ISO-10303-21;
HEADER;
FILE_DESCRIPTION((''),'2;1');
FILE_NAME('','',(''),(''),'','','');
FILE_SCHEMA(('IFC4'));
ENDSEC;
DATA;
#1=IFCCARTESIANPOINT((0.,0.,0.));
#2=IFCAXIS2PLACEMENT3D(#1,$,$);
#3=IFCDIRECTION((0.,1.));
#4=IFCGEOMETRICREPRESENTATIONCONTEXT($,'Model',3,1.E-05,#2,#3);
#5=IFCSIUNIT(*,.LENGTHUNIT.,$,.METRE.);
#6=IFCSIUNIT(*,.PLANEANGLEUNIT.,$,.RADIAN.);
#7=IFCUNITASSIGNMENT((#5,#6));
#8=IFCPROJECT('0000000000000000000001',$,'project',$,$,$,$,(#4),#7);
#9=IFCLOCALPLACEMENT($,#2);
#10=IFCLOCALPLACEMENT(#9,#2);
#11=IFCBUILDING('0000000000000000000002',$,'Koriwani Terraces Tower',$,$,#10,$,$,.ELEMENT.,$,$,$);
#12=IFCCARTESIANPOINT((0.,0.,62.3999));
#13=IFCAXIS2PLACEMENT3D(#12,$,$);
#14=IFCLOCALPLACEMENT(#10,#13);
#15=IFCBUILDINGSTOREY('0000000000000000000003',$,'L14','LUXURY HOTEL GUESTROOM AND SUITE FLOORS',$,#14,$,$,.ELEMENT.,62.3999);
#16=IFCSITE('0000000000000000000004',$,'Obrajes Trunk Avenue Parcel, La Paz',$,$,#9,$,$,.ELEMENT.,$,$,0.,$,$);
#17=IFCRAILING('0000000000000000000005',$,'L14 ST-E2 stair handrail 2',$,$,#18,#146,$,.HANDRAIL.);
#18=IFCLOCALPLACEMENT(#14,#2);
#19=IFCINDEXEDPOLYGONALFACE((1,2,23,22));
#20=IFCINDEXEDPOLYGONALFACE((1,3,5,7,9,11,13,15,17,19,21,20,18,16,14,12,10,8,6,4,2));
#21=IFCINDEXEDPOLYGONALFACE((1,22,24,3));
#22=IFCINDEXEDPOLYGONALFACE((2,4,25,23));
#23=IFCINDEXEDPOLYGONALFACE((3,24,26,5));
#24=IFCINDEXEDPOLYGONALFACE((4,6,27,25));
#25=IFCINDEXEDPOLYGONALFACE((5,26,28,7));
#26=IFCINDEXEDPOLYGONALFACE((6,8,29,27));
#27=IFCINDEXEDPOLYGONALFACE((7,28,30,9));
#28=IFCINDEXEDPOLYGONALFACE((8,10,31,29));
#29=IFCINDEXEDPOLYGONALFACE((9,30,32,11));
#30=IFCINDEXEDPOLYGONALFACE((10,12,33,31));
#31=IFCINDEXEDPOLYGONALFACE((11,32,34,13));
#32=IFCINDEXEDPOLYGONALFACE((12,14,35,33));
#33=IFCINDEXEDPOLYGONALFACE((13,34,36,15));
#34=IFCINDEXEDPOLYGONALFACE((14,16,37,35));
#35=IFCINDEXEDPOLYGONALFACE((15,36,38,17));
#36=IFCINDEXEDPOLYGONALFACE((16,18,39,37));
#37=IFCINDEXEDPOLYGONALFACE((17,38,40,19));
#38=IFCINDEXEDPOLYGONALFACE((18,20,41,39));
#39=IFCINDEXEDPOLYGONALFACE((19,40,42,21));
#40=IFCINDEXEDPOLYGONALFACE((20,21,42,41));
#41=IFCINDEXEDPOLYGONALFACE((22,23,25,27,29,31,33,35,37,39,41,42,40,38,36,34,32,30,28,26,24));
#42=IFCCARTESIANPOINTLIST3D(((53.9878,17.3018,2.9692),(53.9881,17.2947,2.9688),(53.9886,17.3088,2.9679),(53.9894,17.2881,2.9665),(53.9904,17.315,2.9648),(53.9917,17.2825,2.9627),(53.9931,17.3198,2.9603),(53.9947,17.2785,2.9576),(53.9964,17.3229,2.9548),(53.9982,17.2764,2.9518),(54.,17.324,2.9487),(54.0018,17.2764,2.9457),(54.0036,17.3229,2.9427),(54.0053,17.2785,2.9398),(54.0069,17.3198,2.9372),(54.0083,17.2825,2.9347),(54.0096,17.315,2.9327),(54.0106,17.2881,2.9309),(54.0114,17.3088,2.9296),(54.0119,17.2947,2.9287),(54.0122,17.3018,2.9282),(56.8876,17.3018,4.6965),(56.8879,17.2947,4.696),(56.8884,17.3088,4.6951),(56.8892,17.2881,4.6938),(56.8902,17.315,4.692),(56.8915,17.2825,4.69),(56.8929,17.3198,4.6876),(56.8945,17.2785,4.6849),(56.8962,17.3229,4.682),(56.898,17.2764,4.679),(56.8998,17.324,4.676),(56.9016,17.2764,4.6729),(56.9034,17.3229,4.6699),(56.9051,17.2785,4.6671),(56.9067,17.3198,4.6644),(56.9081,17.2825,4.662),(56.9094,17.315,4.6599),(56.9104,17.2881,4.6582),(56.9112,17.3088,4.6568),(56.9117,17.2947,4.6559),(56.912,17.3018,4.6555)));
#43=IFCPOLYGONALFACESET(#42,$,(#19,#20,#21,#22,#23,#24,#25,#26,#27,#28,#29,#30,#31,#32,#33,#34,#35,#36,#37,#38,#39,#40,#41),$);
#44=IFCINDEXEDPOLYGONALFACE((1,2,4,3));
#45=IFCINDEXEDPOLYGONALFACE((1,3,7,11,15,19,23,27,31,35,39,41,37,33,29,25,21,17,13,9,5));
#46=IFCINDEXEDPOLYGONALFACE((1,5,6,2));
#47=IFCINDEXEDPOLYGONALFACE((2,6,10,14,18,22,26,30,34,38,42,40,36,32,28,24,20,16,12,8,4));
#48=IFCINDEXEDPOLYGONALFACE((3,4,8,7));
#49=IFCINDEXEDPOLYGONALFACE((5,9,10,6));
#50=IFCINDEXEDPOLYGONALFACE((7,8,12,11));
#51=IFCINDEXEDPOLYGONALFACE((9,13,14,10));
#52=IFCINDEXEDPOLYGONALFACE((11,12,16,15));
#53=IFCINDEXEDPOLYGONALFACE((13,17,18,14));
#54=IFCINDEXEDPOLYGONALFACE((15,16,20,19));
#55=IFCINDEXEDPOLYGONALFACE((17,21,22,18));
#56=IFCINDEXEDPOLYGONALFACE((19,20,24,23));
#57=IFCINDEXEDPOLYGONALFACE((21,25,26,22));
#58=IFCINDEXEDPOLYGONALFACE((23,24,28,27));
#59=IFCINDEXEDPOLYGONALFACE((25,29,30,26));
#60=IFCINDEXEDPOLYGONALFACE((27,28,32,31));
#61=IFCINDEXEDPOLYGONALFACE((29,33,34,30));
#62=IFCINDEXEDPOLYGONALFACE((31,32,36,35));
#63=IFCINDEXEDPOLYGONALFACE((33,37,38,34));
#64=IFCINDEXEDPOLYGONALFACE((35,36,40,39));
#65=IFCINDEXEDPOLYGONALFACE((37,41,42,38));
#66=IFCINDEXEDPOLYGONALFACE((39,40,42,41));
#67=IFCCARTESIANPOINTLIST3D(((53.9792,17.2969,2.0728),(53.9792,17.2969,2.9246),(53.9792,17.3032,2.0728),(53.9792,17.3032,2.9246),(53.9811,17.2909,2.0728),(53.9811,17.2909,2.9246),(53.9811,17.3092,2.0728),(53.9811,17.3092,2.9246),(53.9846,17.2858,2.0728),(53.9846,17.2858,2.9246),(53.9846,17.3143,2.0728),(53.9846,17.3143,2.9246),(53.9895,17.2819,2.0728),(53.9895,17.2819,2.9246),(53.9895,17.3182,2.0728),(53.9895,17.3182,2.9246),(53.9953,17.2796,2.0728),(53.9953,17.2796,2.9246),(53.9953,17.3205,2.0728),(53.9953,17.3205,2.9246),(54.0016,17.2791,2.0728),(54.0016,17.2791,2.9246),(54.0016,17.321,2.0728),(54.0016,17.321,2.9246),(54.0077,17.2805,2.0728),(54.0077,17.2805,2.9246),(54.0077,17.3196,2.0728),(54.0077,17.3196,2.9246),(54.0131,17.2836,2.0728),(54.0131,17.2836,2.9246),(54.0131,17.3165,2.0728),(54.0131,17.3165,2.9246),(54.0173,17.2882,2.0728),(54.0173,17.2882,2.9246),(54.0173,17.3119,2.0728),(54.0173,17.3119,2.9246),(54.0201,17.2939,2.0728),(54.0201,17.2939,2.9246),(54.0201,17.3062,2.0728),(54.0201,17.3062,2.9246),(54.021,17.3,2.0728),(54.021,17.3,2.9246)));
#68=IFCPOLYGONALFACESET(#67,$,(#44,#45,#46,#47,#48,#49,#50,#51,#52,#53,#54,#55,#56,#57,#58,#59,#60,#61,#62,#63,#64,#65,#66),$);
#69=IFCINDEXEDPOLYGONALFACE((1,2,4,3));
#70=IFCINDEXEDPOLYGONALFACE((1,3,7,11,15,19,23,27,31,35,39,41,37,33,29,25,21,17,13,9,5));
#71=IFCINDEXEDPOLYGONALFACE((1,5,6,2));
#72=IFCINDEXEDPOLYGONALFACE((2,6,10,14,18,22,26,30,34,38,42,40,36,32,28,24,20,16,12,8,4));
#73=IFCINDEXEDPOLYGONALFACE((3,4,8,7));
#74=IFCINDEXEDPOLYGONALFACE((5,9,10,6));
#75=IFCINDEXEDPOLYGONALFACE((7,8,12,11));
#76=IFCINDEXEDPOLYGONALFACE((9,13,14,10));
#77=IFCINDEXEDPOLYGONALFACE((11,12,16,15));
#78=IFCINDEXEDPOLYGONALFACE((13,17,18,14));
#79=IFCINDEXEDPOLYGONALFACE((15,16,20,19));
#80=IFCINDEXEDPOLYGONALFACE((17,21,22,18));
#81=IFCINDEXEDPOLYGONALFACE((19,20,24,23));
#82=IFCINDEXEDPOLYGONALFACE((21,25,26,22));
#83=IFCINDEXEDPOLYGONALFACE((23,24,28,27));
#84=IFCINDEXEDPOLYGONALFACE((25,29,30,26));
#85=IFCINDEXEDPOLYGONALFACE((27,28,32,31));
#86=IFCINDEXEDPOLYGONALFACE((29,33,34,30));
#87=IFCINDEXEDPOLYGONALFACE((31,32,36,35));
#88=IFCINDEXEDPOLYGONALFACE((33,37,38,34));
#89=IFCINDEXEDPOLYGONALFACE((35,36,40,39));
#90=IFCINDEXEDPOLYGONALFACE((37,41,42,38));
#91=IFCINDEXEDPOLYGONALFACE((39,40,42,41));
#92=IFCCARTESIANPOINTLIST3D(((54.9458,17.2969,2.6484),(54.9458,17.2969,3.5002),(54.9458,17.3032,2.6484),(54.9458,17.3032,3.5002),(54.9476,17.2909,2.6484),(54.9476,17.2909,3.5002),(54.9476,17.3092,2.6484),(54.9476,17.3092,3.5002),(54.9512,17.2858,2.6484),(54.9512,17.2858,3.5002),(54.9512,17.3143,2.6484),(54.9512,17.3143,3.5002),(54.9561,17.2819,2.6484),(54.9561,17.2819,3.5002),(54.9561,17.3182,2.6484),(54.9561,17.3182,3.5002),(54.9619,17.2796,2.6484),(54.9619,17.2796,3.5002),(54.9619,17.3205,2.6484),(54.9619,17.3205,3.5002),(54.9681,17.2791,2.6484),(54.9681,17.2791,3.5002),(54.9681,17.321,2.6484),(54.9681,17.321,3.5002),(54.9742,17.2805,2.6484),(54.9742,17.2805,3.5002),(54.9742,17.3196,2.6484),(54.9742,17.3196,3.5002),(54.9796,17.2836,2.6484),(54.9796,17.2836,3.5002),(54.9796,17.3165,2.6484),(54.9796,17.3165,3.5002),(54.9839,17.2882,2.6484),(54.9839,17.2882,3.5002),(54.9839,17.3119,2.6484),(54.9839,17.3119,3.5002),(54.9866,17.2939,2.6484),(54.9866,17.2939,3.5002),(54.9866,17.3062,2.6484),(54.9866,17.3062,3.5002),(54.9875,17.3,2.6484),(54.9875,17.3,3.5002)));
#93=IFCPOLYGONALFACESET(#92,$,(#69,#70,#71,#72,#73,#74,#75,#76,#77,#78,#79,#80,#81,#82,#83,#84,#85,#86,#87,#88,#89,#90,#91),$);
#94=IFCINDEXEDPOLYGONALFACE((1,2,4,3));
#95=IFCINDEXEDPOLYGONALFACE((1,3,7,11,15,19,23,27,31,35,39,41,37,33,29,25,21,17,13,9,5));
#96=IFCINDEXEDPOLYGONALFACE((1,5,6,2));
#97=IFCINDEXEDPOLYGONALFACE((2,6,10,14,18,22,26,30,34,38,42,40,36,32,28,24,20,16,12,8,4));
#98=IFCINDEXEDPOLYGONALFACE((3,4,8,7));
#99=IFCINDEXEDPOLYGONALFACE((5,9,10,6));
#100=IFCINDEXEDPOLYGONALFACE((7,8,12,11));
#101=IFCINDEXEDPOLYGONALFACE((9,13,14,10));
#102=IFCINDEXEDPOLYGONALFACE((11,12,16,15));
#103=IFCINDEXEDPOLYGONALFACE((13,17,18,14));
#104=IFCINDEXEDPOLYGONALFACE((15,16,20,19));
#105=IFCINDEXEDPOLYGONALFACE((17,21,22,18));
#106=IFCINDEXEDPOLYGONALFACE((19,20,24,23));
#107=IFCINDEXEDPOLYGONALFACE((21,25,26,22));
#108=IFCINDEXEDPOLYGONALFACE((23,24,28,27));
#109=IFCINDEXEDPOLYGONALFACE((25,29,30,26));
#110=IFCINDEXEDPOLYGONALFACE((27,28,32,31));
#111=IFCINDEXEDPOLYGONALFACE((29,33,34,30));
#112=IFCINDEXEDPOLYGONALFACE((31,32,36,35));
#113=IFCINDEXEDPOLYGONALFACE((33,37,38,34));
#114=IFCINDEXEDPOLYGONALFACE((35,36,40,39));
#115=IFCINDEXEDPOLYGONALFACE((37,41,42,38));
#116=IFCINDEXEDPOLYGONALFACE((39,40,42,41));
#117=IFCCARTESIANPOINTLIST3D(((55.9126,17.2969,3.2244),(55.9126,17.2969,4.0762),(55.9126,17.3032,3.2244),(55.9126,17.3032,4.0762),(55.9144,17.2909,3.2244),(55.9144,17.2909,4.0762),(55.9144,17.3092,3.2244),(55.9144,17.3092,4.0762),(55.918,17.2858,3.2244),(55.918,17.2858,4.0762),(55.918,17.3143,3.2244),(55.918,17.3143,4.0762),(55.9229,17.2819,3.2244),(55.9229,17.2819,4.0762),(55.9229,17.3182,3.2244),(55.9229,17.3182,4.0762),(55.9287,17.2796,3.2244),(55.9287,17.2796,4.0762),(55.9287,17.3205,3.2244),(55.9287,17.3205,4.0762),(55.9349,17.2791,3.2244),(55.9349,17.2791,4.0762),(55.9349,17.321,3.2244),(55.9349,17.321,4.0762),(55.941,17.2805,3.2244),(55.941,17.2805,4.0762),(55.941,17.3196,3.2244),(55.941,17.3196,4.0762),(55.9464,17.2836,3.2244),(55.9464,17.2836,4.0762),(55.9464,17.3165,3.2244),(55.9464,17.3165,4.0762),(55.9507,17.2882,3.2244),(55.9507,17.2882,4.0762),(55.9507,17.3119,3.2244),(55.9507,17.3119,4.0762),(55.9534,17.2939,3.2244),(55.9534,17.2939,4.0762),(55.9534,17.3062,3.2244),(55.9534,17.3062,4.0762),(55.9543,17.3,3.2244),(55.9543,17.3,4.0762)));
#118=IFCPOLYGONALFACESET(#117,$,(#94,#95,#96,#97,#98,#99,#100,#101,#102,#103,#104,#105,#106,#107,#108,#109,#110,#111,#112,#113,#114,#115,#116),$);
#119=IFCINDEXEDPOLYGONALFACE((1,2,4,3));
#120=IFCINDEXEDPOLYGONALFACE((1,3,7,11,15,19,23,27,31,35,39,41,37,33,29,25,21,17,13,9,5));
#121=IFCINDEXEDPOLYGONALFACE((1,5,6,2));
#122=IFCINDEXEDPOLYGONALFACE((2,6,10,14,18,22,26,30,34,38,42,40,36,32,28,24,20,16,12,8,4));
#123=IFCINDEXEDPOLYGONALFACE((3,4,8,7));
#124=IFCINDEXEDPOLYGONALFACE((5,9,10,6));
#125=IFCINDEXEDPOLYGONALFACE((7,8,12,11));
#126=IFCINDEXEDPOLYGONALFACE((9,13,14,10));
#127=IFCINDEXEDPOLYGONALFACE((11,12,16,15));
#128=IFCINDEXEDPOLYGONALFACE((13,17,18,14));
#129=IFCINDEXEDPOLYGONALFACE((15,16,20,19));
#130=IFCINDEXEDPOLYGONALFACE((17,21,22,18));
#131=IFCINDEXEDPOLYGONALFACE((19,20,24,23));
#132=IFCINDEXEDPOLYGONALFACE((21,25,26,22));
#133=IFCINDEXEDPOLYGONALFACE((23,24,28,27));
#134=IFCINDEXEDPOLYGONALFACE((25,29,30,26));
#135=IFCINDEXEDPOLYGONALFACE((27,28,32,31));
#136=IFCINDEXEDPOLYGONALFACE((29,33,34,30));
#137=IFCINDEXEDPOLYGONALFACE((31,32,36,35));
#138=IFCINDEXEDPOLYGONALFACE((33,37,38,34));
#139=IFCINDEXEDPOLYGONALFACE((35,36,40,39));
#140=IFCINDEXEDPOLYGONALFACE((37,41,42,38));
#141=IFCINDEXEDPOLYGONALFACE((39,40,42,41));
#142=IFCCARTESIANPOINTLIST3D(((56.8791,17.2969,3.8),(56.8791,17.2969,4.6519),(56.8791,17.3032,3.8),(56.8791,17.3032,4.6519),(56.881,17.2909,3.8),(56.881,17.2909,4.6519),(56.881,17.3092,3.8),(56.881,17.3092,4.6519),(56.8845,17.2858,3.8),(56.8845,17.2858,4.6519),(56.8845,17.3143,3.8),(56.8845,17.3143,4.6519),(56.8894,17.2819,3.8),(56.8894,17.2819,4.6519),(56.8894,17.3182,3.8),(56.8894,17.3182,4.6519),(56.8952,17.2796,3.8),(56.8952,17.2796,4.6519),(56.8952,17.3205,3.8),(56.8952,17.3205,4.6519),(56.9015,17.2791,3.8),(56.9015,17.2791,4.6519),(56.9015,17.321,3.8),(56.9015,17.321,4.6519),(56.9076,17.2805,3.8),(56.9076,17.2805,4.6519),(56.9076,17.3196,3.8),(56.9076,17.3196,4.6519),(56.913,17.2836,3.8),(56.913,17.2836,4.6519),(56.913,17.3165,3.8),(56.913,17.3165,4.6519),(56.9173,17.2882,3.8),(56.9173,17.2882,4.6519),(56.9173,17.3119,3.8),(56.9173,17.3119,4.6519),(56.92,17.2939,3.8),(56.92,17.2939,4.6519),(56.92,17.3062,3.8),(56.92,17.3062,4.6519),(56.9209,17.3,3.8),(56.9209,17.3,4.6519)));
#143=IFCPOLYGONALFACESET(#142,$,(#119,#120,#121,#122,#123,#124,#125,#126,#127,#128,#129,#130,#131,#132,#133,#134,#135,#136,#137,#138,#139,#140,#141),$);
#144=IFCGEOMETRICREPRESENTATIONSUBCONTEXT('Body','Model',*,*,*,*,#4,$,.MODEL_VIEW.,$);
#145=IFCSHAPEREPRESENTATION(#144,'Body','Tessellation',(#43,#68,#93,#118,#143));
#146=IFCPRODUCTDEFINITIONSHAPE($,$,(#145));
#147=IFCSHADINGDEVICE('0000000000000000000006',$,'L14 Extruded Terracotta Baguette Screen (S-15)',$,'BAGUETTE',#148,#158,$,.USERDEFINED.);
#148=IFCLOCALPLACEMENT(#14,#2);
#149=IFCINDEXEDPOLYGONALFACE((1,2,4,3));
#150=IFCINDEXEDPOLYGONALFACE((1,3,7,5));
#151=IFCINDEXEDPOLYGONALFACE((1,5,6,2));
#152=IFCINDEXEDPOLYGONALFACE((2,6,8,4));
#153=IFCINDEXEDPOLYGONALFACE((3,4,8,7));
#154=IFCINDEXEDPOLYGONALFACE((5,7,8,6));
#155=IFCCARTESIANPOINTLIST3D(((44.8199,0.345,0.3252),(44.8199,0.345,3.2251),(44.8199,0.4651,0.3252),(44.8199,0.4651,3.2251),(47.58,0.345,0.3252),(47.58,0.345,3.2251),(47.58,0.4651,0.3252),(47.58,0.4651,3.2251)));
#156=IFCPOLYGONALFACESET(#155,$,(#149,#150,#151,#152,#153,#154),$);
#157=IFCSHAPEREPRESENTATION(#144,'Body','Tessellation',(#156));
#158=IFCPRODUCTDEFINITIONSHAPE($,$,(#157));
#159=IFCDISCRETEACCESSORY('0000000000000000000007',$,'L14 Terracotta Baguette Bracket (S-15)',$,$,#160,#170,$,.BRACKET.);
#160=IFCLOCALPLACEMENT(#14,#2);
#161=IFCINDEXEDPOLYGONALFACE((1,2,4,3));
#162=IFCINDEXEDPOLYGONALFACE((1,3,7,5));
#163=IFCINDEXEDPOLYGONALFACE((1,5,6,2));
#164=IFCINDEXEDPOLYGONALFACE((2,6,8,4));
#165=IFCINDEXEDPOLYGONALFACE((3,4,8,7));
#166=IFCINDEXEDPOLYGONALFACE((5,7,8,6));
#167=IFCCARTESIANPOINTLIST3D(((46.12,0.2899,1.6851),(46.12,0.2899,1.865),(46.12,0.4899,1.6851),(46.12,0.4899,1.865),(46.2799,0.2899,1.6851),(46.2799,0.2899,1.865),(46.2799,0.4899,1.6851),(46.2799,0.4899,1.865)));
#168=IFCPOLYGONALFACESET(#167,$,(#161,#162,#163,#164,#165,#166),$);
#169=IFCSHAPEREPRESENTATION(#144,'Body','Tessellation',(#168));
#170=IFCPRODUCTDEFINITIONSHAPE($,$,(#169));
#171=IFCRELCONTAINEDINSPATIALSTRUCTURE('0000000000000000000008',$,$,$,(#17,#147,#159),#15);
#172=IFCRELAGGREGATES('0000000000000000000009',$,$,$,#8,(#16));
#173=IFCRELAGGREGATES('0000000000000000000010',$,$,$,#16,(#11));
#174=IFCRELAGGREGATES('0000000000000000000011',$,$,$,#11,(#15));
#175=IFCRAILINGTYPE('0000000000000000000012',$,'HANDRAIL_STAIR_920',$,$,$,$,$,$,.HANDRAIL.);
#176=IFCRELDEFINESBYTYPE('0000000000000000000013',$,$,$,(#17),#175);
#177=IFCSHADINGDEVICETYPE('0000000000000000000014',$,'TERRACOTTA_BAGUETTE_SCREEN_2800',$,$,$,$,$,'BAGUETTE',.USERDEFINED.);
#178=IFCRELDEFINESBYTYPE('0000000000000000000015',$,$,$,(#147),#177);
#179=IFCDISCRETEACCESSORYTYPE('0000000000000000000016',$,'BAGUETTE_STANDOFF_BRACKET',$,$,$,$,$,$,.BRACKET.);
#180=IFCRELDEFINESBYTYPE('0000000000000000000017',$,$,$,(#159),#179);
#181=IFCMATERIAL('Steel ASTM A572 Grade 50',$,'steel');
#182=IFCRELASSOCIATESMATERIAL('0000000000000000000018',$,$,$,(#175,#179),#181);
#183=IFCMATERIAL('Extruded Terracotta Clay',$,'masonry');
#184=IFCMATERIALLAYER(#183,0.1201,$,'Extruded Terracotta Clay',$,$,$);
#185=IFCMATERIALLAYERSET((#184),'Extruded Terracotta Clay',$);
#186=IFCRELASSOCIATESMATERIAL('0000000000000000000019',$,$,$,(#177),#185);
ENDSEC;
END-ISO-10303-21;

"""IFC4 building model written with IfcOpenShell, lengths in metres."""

from ifc_helpers import new_model, si_unit, direction, frame, origin, origin_2d, place, context, subcontext, project, spatial, rectangle, circle, extrude, material, layer, layer_set, type_object, element, save


model = new_model("IFC4")

# Units and contexts
model_context = context("Model", 3, precision=1e-05, world=origin(), true_north=direction((0.0, 1.0)))
body_context = subcontext(model_context, "Body", "Model", "MODEL_VIEW")
ifc_project = project(units=[si_unit("LENGTHUNIT", "METRE"), si_unit("PLANEANGLEUNIT", "RADIAN")], contexts=[model_context])

# Site, building, storey
site_placement = place(None, origin())
site = spatial("IfcSite", under=ifc_project, at=site_placement, Name="Obrajes Trunk Avenue Parcel, La Paz", CompositionType="ELEMENT", RefElevation=0.0)
building_placement = place(site_placement, origin())
building = spatial("IfcBuilding", under=site, at=building_placement, Name="Koriwani Terraces Tower", CompositionType="ELEMENT")
storey_placement = place(building_placement, frame((0.0, 0.0, 62.3999)))
storey = spatial("IfcBuildingStorey", under=building, at=storey_placement, Name="L14", Description="LUXURY HOTEL GUESTROOM AND SUITE FLOORS", CompositionType="ELEMENT", Elevation=62.3999)

# Shared definitions
ifc_material_1 = material(Name="Steel ASTM A572 Grade 50", Category="steel")

# Railing
railing_type = type_object("IfcRailingType", Name="HANDRAIL_STAIR_920", PredefinedType="HANDRAIL", material=ifc_material_1)
railing_placement = place(storey_placement, frame((54.0, 17.3, 2.0728)))
element("IfcRailing", 1, at=railing_placement, inside=storey, type_object=railing_type, Name="L14 ST-E2 stair handrail 2", PredefinedType="HANDRAIL", context=body_context, shape_type="SweptSolid", body=[
    extrude(circle(Radius=0.0239, at=origin_2d()), frame((0.0, 0.0, 0.876), z_axis=(0.859141, 0.0, 0.511738), x_axis=(0.0, 1.0, 0.0)), (0.0, 0.0, 1.0), 3.3752),
    extrude(circle(Radius=0.021, at=origin_2d()), origin(), (0.0, 0.0, 1.0), 0.8518),
    extrude(circle(Radius=0.021, at=origin_2d()), frame((0.9666, 0.0, 0.5757)), (0.0, 0.0, 1.0), 0.8518),
    extrude(circle(Radius=0.021, at=origin_2d()), frame((1.9333, 0.0, 1.1516)), (0.0, 0.0, 1.0), 0.8518),
    extrude(circle(Radius=0.021, at=origin_2d()), frame((2.8999, 0.0, 1.7273)), (0.0, 0.0, 1.0), 0.8518),
])

# Shading device
ifc_material_2 = material(Name="Extruded Terracotta Clay", Category="masonry")
ifc_layer_1 = layer(ifc_material_2, 0.1201, Name="Extruded Terracotta Clay")
ifc_layer_set_1 = layer_set([ifc_layer_1], Name="Extruded Terracotta Clay")
shading_device_type = type_object("IfcShadingDeviceType", Name="TERRACOTTA_BAGUETTE_SCREEN_2800", ElementType="BAGUETTE", PredefinedType="USERDEFINED", material=ifc_layer_set_1)
shading_device_placement = place(storey_placement, frame((46.2, 0.405, 0.3252), z_axis=(0.0, 0.0, 1.0), x_axis=(-1.0, 0.0, 0.0)))
element("IfcShadingDevice", 2, at=shading_device_placement, inside=storey, type_object=shading_device_type, Name="L14 Extruded Terracotta Baguette Screen (S-15)", ObjectType="BAGUETTE", PredefinedType="USERDEFINED", context=body_context, shape_type="SweptSolid", body=[
    extrude(rectangle(XDim=2.76, YDim=0.1201, at=origin_2d()), origin(), (0.0, 0.0, 1.0), 2.8999),
])

# Discrete accessory
discrete_accessory_type = type_object("IfcDiscreteAccessoryType", Name="BAGUETTE_STANDOFF_BRACKET", PredefinedType="BRACKET", material=ifc_material_1)
discrete_accessory_placement = place(storey_placement, frame((46.2, 0.3899, 1.6851), z_axis=(0.0, 0.0, 1.0), x_axis=(-1.0, 0.0, 0.0)))
element("IfcDiscreteAccessory", 3, at=discrete_accessory_placement, inside=storey, type_object=discrete_accessory_type, Name="L14 Terracotta Baguette Bracket (S-15)", PredefinedType="BRACKET", context=body_context, shape_type="SweptSolid", body=[
    extrude(rectangle(XDim=0.1599, YDim=0.2, at=origin_2d()), origin(), (0.0, 0.0, 1.0), 0.1799),
])

save(model, "model.ifc")
